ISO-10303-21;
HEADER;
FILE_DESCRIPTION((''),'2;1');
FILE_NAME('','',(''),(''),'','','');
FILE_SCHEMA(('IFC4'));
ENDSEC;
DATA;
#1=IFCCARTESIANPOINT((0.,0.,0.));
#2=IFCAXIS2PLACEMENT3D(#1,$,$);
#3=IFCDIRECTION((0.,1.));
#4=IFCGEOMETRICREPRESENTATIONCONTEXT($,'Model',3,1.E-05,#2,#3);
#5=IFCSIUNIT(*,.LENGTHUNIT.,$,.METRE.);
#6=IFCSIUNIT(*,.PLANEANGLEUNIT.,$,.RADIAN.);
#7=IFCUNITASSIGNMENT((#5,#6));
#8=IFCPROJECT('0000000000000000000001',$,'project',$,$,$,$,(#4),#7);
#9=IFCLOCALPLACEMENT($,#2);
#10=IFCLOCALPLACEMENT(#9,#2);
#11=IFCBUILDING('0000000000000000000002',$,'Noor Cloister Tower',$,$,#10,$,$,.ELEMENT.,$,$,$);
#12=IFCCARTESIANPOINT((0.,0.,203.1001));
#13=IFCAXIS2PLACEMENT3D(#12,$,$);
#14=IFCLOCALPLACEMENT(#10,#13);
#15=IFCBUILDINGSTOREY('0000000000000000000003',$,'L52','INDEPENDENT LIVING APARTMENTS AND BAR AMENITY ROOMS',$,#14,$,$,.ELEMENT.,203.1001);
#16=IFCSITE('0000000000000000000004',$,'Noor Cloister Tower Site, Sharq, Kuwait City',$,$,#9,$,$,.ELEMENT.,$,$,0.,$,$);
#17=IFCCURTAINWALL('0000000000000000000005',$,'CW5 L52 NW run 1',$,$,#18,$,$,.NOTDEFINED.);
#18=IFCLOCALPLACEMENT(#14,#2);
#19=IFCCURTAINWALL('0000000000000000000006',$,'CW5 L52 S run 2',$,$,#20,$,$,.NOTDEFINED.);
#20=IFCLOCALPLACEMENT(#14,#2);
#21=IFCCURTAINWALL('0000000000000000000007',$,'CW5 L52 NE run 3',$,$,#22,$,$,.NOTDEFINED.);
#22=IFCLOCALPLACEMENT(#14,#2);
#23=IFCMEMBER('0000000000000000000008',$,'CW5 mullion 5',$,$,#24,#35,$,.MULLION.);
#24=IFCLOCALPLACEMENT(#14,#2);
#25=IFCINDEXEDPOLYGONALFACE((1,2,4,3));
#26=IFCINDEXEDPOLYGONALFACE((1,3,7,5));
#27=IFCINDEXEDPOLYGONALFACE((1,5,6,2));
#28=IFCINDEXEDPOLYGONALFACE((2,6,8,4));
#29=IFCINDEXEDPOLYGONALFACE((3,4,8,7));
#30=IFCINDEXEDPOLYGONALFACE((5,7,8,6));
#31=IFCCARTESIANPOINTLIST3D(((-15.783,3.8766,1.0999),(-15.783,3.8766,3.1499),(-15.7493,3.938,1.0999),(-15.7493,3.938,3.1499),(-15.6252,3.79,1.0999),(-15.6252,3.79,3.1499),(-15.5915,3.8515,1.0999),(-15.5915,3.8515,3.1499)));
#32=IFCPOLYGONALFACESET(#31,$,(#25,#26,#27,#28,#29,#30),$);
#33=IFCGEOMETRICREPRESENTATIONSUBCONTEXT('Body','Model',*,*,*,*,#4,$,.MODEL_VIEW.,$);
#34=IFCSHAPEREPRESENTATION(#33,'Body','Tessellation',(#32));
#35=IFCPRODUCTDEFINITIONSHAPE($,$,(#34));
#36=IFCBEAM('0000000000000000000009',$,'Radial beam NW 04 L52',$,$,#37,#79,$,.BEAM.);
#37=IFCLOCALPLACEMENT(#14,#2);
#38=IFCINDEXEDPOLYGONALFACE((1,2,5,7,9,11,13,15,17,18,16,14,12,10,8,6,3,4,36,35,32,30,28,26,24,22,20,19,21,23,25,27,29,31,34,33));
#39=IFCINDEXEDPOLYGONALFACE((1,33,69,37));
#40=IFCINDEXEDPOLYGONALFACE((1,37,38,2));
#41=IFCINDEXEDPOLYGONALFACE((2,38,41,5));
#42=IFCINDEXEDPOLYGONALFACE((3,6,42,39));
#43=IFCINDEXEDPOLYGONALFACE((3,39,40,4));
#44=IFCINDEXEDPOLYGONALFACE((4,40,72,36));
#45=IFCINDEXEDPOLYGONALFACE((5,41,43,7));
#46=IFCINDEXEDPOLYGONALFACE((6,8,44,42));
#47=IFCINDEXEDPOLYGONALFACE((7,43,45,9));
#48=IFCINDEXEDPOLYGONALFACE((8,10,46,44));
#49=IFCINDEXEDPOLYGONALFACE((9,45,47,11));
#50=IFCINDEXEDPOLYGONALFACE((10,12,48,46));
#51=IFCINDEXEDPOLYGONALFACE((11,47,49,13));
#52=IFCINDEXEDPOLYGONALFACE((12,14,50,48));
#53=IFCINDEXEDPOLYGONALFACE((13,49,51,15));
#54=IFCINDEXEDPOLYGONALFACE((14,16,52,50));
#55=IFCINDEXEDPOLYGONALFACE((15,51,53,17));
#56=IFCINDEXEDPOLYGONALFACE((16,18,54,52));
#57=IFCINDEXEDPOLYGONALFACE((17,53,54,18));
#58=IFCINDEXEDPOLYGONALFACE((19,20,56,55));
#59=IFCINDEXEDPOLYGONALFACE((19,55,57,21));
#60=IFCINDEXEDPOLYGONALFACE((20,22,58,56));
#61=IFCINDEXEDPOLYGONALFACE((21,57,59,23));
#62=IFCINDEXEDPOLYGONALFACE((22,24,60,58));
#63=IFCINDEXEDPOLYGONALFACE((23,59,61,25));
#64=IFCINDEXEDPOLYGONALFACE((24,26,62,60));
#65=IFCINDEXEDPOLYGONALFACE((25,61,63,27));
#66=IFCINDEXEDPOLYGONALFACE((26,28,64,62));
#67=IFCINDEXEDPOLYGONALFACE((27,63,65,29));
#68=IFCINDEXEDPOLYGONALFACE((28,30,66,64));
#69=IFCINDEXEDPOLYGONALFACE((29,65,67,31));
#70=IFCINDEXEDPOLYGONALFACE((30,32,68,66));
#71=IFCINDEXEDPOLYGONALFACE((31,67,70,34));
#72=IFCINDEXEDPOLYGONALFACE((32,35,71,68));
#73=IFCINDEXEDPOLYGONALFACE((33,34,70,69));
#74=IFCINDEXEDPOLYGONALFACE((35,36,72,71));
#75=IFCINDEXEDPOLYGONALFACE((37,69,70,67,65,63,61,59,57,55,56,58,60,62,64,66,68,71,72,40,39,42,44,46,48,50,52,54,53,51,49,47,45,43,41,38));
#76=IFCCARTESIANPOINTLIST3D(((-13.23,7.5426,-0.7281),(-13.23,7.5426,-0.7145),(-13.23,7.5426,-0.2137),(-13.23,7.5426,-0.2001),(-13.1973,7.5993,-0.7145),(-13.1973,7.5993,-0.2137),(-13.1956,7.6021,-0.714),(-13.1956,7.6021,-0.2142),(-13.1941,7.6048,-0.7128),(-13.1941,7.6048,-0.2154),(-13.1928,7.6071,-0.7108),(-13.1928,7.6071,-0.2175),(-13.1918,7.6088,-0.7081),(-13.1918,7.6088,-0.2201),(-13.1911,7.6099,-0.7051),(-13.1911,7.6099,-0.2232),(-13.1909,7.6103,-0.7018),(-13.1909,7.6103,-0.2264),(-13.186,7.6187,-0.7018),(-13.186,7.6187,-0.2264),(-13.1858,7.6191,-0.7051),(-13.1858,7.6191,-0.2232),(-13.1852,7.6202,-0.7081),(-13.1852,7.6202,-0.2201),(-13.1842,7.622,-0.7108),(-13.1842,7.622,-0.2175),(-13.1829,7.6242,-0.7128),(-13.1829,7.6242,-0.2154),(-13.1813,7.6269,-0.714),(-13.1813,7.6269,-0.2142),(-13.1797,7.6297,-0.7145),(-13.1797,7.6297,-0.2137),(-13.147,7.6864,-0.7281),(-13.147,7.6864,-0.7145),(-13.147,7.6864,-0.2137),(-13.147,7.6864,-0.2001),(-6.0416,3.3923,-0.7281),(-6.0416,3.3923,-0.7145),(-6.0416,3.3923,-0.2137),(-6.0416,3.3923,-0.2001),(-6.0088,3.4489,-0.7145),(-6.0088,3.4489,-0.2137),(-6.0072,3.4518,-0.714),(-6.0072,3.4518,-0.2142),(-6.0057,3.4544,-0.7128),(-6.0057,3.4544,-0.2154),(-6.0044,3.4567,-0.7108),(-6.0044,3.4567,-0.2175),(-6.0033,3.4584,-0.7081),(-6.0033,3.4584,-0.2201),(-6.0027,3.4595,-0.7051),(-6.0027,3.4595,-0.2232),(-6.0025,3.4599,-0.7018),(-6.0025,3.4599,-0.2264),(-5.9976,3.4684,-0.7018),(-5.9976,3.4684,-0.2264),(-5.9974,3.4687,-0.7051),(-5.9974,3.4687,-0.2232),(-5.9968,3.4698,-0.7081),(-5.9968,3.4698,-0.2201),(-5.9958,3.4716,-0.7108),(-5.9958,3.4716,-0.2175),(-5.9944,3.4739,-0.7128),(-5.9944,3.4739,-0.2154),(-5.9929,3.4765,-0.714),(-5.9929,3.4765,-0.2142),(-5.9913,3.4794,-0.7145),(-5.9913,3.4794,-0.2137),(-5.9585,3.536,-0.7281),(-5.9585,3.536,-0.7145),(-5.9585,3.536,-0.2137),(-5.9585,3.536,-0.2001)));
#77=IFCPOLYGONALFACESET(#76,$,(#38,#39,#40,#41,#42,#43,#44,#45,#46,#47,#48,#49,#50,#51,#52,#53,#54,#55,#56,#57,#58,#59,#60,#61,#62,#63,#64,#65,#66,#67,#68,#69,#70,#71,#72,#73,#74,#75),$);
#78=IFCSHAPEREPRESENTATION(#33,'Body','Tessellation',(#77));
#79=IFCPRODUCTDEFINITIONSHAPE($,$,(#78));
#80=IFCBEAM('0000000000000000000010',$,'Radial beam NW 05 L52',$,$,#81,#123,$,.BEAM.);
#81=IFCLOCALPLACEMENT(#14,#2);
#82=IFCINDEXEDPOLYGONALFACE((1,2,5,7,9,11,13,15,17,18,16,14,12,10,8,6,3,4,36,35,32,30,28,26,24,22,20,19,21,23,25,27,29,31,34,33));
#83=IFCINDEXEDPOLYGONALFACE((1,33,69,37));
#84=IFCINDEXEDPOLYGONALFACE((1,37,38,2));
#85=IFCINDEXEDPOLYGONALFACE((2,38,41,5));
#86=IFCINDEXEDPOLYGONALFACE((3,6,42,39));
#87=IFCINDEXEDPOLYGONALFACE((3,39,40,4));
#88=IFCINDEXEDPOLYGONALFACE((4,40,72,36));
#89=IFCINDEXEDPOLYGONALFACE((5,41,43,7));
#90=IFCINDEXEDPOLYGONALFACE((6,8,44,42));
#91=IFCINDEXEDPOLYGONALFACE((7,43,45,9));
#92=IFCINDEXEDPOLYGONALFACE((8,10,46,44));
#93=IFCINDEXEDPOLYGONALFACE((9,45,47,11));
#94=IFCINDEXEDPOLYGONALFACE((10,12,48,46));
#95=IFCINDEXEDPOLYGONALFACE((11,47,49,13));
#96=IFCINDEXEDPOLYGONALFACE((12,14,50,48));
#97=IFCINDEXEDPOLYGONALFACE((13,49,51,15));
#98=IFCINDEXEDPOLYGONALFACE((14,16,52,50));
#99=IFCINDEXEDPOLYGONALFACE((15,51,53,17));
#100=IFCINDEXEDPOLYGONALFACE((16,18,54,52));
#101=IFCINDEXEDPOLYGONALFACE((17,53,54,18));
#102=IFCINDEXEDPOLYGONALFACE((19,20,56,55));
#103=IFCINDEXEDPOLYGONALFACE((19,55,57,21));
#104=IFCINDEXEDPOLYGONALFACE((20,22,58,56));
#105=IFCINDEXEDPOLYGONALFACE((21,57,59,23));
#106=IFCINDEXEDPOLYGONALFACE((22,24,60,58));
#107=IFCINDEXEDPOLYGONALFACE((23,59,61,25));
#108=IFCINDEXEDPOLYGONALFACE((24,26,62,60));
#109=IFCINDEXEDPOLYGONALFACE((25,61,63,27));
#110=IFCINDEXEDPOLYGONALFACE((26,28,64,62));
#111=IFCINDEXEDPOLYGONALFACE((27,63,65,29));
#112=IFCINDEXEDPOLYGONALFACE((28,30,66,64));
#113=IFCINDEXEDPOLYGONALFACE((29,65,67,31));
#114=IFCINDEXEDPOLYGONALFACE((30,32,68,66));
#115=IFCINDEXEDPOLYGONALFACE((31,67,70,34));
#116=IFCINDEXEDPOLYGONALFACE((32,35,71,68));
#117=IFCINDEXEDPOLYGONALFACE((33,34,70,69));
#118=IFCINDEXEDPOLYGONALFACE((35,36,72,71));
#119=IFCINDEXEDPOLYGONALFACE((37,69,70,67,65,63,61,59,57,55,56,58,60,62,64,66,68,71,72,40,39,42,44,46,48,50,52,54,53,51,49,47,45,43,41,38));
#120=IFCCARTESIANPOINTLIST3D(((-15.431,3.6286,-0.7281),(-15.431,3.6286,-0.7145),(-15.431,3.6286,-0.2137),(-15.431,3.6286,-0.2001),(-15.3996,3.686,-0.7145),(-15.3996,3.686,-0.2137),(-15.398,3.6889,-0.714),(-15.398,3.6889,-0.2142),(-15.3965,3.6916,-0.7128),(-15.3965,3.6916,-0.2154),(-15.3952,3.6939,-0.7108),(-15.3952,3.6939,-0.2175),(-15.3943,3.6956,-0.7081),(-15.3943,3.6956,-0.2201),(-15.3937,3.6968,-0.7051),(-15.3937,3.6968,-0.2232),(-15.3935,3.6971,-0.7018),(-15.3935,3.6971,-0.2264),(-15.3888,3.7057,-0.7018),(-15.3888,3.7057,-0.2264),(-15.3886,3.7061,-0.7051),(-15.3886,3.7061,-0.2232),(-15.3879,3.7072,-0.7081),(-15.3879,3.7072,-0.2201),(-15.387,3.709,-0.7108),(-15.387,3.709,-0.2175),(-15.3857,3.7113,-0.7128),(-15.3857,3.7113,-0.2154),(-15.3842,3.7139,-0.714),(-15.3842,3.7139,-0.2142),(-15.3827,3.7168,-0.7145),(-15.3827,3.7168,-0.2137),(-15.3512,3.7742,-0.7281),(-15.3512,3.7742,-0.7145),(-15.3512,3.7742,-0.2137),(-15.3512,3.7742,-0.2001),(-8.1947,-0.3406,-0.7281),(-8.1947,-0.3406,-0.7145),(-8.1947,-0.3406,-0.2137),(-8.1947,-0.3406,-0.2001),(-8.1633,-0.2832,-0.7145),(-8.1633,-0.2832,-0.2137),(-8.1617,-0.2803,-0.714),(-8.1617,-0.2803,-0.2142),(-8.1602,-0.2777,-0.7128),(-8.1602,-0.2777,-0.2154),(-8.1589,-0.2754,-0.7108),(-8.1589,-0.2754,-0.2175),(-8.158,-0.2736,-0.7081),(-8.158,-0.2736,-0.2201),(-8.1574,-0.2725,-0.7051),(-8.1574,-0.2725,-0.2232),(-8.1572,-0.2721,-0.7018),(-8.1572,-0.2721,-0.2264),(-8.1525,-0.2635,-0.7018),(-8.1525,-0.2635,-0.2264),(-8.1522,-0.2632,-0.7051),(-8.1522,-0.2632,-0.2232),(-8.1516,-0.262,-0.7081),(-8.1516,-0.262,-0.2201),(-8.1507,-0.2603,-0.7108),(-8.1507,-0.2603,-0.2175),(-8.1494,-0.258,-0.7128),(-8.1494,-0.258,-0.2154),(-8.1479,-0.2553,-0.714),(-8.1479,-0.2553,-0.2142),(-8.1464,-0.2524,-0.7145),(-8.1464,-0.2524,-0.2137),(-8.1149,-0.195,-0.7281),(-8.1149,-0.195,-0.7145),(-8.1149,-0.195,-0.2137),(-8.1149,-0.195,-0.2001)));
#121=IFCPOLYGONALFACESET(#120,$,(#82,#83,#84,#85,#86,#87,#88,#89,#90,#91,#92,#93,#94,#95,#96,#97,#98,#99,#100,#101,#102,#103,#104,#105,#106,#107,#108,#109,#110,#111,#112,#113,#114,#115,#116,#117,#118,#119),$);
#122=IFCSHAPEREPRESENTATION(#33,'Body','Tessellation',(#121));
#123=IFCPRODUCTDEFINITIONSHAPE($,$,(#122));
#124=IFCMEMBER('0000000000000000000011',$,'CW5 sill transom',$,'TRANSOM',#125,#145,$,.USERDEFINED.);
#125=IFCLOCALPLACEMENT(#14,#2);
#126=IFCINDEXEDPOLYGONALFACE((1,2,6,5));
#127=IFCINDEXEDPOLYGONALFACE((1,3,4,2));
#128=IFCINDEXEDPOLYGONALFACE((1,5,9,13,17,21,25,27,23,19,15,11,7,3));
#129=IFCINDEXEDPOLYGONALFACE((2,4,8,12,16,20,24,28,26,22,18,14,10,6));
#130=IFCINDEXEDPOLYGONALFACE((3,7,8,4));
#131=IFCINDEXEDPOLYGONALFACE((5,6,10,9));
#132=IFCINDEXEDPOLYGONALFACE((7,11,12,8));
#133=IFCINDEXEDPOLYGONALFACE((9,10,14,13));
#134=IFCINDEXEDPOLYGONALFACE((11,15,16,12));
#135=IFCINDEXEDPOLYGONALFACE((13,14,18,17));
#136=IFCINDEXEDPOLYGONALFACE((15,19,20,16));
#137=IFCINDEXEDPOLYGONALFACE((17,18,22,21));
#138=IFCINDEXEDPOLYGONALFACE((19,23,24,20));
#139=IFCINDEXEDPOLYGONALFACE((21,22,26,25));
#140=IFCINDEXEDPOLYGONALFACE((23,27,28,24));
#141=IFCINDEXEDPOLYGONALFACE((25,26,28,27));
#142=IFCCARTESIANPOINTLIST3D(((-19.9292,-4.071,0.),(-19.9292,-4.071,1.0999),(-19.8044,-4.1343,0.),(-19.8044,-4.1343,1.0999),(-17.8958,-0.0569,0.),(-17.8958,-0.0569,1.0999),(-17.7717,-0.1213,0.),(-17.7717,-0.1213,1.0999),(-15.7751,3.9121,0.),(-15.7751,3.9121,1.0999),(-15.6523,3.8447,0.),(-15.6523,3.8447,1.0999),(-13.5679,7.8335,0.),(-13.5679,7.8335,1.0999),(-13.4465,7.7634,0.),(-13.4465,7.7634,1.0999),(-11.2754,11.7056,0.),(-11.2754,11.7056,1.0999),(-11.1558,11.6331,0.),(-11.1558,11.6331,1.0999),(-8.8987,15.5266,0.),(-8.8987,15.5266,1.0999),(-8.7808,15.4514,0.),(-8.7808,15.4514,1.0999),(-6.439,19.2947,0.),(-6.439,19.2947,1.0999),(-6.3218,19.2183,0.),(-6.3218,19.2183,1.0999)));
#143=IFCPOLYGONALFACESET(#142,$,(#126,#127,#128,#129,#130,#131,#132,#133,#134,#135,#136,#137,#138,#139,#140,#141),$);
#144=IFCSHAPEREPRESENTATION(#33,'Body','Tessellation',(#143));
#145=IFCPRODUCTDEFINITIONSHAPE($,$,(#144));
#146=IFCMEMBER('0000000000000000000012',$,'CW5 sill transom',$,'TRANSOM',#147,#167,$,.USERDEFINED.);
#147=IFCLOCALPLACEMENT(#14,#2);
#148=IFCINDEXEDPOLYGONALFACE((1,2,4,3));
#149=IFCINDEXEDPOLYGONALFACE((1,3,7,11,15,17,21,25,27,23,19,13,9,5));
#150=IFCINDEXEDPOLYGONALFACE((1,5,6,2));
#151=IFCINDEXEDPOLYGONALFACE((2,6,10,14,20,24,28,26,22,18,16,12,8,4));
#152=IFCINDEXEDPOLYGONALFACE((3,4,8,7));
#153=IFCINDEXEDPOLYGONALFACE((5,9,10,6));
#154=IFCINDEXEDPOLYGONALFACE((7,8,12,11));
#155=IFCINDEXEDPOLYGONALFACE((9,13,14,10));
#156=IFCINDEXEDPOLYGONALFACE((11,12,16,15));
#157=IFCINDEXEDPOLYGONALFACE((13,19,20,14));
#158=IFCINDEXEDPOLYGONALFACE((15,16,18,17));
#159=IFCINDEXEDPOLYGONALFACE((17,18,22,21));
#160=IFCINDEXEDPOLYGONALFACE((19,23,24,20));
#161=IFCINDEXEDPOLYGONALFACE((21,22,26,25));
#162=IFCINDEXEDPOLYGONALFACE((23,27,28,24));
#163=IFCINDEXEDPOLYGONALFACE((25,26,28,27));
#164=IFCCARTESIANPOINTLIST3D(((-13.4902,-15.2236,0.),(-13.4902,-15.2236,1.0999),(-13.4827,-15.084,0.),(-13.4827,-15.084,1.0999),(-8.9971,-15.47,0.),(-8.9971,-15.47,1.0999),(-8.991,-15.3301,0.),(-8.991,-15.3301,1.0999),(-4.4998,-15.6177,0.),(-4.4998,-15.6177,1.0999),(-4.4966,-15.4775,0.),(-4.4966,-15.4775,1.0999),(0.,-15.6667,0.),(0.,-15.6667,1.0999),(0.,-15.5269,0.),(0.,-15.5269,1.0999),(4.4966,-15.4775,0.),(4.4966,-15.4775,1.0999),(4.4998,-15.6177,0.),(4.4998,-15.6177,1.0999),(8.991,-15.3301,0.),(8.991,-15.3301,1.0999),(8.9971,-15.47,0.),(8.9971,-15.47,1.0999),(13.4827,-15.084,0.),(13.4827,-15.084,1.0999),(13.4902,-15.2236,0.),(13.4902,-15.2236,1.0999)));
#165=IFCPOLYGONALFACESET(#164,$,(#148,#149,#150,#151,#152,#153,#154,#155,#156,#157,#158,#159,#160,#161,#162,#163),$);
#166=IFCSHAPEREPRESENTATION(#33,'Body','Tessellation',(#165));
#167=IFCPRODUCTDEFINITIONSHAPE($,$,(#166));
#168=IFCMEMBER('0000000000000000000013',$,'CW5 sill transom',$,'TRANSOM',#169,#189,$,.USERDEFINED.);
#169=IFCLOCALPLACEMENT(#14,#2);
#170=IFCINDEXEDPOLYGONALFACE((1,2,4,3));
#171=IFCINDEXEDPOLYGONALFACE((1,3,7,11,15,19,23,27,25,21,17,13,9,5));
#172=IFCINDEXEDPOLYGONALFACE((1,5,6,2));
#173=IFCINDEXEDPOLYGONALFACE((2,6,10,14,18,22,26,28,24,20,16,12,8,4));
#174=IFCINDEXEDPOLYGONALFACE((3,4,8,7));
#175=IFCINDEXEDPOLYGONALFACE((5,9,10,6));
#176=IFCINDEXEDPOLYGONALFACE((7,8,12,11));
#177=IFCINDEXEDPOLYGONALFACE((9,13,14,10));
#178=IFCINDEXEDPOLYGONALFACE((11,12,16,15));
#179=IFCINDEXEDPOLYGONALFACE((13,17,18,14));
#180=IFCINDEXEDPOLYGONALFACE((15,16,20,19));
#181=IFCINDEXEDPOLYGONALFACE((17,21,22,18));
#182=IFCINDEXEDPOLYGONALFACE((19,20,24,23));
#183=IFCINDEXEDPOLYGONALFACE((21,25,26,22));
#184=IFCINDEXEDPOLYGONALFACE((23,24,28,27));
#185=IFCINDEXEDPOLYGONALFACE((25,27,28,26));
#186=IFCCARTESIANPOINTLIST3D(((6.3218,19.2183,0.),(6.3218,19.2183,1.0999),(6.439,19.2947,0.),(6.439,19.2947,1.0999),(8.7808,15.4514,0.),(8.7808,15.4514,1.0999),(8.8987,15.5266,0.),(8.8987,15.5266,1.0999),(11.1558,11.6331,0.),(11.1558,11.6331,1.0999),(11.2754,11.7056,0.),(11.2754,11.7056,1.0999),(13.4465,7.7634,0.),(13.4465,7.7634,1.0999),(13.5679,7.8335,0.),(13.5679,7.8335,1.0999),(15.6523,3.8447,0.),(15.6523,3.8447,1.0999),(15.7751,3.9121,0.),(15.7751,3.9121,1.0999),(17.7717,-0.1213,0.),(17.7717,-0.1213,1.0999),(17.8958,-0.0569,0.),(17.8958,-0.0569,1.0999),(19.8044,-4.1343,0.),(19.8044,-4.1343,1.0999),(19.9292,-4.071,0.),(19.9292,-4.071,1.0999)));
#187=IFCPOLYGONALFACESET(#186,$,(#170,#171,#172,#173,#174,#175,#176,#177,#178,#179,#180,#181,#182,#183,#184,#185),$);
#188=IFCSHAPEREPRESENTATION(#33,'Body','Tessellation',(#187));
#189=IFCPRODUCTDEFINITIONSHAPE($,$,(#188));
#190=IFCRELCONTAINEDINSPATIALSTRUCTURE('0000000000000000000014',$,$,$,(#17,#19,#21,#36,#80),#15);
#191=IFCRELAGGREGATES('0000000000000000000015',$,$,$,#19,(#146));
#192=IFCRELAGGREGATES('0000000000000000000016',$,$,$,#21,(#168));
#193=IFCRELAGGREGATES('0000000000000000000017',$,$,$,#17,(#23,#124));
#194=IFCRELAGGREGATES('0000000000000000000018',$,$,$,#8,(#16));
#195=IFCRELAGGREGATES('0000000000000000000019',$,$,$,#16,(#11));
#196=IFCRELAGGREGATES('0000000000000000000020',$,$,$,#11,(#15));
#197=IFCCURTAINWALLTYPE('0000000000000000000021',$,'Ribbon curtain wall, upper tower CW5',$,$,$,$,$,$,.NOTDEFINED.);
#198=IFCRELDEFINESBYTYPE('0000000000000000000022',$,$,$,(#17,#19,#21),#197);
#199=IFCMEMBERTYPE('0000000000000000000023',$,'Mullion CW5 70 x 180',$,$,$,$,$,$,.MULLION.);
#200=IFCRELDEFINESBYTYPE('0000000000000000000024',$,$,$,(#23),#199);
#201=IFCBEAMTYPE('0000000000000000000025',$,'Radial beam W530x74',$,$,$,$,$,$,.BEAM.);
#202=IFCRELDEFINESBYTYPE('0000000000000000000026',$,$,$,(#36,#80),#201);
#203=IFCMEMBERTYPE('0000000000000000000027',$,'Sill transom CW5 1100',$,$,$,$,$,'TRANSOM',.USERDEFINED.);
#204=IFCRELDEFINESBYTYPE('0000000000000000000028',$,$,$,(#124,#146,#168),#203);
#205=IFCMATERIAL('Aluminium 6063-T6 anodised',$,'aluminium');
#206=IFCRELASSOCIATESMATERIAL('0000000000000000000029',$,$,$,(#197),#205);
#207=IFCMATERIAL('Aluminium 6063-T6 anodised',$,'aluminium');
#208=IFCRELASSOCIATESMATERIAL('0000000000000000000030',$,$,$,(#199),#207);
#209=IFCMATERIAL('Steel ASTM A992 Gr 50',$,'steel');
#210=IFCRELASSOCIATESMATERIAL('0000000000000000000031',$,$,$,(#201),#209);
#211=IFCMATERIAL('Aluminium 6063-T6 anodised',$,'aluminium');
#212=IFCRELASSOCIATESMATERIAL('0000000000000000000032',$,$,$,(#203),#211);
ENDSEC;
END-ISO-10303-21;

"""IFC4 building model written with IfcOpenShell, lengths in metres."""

from ifc_helpers import new_model, si_unit, direction, frame, origin, origin_2d, place, context, subcontext, project, spatial, polyline, rectangle, i_section, outline, extrude, material, material_profile, profile_set, type_object, element, aggregate, save


model = new_model("IFC4")

# Units and contexts
model_context = context("Model", 3, precision=1e-05, world=origin(), true_north=direction((0.0, 1.0)))
body_context = subcontext(model_context, "Body", "Model", "MODEL_VIEW")
ifc_project = project(units=[si_unit("LENGTHUNIT", "METRE"), si_unit("PLANEANGLEUNIT", "RADIAN")], contexts=[model_context])

# Site, building, storey
site_placement = place(None, origin())
site = spatial("IfcSite", under=ifc_project, at=site_placement, Name="Noor Cloister Tower Site, Sharq, Kuwait City", CompositionType="ELEMENT", RefElevation=0.0)
building_placement = place(site_placement, origin())
building = spatial("IfcBuilding", under=site, at=building_placement, Name="Noor Cloister Tower", CompositionType="ELEMENT")
storey_placement = place(building_placement, frame((0.0, 0.0, 203.1001)))
storey = spatial("IfcBuildingStorey", under=building, at=storey_placement, Name="L52", Description="INDEPENDENT LIVING APARTMENTS AND BAR AMENITY ROOMS", CompositionType="ELEMENT", Elevation=203.1001)

# Curtain walls
ifc_material_1 = material(Name="Aluminium 6063-T6 anodised", Category="aluminium")
curtain_wall_type = type_object("IfcCurtainWallType", Name="Ribbon curtain wall, upper tower CW5", PredefinedType="NOTDEFINED", material=ifc_material_1)
curtain_wall_1_placement = place(storey_placement, origin())
curtain_wall_1 = element("IfcCurtainWall", 1, at=curtain_wall_1_placement, inside=storey, type_object=curtain_wall_type, Name="CW5 L52 NW run 1", PredefinedType="NOTDEFINED")
curtain_wall_2_placement = place(storey_placement, origin())
curtain_wall_2 = element("IfcCurtainWall", 2, at=curtain_wall_2_placement, inside=storey, type_object=curtain_wall_type, Name="CW5 L52 S run 2", PredefinedType="NOTDEFINED")
curtain_wall_3_placement = place(storey_placement, origin())
curtain_wall_3 = element("IfcCurtainWall", 3, at=curtain_wall_3_placement, inside=storey, type_object=curtain_wall_type, Name="CW5 L52 NE run 3", PredefinedType="NOTDEFINED")

# Member
ifc_material_2 = material(Name="Aluminium 6063-T6 anodised", Category="aluminium")
ifc_material_profile_1 = material_profile(ifc_material_2, rectangle(XDim=0.1799, YDim=0.0701, at=origin_2d()), Name="180 x 70 mullion")
ifc_profile_set_1 = profile_set([ifc_material_profile_1], Name="Aluminium 6063-T6 anodised")
member_type_1 = type_object("IfcMemberType", Name="Mullion CW5 70 x 180", PredefinedType="MULLION", material=ifc_profile_set_1)
member_1_placement = place(storey_placement, frame((-15.6873, 3.864, 1.0999), z_axis=(0.0, 0.0, 1.0), x_axis=(0.876763, -0.480923, 0.0)))
member_1 = element("IfcMember", 4, at=member_1_placement, type_object=member_type_1, Name="CW5 mullion 5", PredefinedType="MULLION", context=body_context, shape_type="SweptSolid", body=[
    extrude(rectangle(XDim=0.1799, YDim=0.0701, at=origin_2d()), origin(), (0.0, 0.0, 1.0), 2.05),
])

# Beams
ifc_material_3 = material(Name="Steel ASTM A992 Gr 50", Category="steel")
ifc_material_profile_2 = material_profile(ifc_material_3, i_section(OverallWidth=0.166, OverallDepth=0.5281, WebThickness=0.0098, FlangeThickness=0.0137, FilletRadius=0.0127, at=origin_2d()), Name="W530x74")
ifc_profile_set_2 = profile_set([ifc_material_profile_2], Name="Steel ASTM A992 Gr 50")
beam_type_1 = type_object("IfcBeamType", Name="Radial beam W530x74", PredefinedType="BEAM", material=ifc_profile_set_2)
beam_1_placement = place(storey_placement, frame((-13.1885, 7.6145, -0.4641), z_axis=(0.866019, -0.500011, 0.0), x_axis=(0.500011, 0.866019, 0.0)))
element("IfcBeam", 5, at=beam_1_placement, inside=storey, type_object=beam_type_1, Name="Radial beam NW 04 L52", PredefinedType="BEAM", context=body_context, shape_type="SweptSolid", body=[
    extrude(i_section(OverallWidth=0.166, OverallDepth=0.5281, WebThickness=0.0098, FlangeThickness=0.0137, FilletRadius=0.0127, at=origin_2d()), origin(), (0.0, 0.0, 1.0), 8.3005),
])
beam_2_placement = place(storey_placement, frame((-15.3911, 3.7014, -0.4641), z_axis=(0.876765, -0.480919, 0.0), x_axis=(0.480919, 0.876765, 0.0)))
element("IfcBeam", 6, at=beam_2_placement, inside=storey, type_object=beam_type_1, Name="Radial beam NW 05 L52", PredefinedType="BEAM", context=body_context, shape_type="SweptSolid", body=[
    extrude(i_section(OverallWidth=0.166, OverallDepth=0.5281, WebThickness=0.0098, FlangeThickness=0.0137, FilletRadius=0.0127, at=origin_2d()), origin(), (0.0, 0.0, 1.0), 8.2534),
])

# Members
ifc_material_4 = material(Name="Aluminium 6063-T6 anodised", Category="aluminium")
member_type_2 = type_object("IfcMemberType", Name="Sill transom CW5 1100", ElementType="TRANSOM", PredefinedType="USERDEFINED", material=ifc_material_4)
member_2_placement = place(storey_placement, origin())
member_2 = element("IfcMember", 7, at=member_2_placement, type_object=member_type_2, Name="CW5 sill transom", ObjectType="TRANSOM", PredefinedType="USERDEFINED", context=body_context, shape_type="SweptSolid", body=[
    extrude(outline(polyline([(-6.439, 19.2947), (-8.8987, 15.5266), (-11.2754, 11.7056), (-13.5679, 7.8335), (-15.7751, 3.9121), (-17.8958, -0.0569), (-19.9292, -4.071), (-19.8044, -4.1343), (-17.7717, -0.1213), (-15.6523, 3.8447), (-13.4465, 7.7634), (-11.1558, 11.6331), (-8.7808, 15.4514), (-6.3218, 19.2183), (-6.439, 19.2947)])), origin(), (0.0, 0.0, 1.0), 1.0999),
])
member_3_placement = place(storey_placement, origin())
member_3 = element("IfcMember", 8, at=member_3_placement, type_object=member_type_2, Name="CW5 sill transom", ObjectType="TRANSOM", PredefinedType="USERDEFINED", context=body_context, shape_type="SweptSolid", body=[
    extrude(outline(polyline([(-13.4902, -15.2236), (-8.9971, -15.47), (-4.4998, -15.6177), (0.0, -15.6667), (4.4998, -15.6177), (8.9971, -15.47), (13.4902, -15.2236), (13.4827, -15.084), (8.991, -15.3301), (4.4966, -15.4775), (0.0, -15.5269), (-4.4966, -15.4775), (-8.991, -15.3301), (-13.4827, -15.084), (-13.4902, -15.2236)])), origin(), (0.0, 0.0, 1.0), 1.0999),
])
aggregate(curtain_wall_2, [member_3])
member_4_placement = place(storey_placement, origin())
member_4 = element("IfcMember", 9, at=member_4_placement, type_object=member_type_2, Name="CW5 sill transom", ObjectType="TRANSOM", PredefinedType="USERDEFINED", context=body_context, shape_type="SweptSolid", body=[
    extrude(outline(polyline([(19.9292, -4.071), (17.8958, -0.0569), (15.7751, 3.9121), (13.5679, 7.8335), (11.2754, 11.7056), (8.8987, 15.5266), (6.439, 19.2947), (6.3218, 19.2183), (8.7808, 15.4514), (11.1558, 11.6331), (13.4465, 7.7634), (15.6523, 3.8447), (17.7717, -0.1213), (19.8044, -4.1343), (19.9292, -4.071)])), origin(), (0.0, 0.0, 1.0), 1.0999),
])
aggregate(curtain_wall_3, [member_4])

aggregate(curtain_wall_1, [member_1, member_2])

save(model, "model.ifc")
